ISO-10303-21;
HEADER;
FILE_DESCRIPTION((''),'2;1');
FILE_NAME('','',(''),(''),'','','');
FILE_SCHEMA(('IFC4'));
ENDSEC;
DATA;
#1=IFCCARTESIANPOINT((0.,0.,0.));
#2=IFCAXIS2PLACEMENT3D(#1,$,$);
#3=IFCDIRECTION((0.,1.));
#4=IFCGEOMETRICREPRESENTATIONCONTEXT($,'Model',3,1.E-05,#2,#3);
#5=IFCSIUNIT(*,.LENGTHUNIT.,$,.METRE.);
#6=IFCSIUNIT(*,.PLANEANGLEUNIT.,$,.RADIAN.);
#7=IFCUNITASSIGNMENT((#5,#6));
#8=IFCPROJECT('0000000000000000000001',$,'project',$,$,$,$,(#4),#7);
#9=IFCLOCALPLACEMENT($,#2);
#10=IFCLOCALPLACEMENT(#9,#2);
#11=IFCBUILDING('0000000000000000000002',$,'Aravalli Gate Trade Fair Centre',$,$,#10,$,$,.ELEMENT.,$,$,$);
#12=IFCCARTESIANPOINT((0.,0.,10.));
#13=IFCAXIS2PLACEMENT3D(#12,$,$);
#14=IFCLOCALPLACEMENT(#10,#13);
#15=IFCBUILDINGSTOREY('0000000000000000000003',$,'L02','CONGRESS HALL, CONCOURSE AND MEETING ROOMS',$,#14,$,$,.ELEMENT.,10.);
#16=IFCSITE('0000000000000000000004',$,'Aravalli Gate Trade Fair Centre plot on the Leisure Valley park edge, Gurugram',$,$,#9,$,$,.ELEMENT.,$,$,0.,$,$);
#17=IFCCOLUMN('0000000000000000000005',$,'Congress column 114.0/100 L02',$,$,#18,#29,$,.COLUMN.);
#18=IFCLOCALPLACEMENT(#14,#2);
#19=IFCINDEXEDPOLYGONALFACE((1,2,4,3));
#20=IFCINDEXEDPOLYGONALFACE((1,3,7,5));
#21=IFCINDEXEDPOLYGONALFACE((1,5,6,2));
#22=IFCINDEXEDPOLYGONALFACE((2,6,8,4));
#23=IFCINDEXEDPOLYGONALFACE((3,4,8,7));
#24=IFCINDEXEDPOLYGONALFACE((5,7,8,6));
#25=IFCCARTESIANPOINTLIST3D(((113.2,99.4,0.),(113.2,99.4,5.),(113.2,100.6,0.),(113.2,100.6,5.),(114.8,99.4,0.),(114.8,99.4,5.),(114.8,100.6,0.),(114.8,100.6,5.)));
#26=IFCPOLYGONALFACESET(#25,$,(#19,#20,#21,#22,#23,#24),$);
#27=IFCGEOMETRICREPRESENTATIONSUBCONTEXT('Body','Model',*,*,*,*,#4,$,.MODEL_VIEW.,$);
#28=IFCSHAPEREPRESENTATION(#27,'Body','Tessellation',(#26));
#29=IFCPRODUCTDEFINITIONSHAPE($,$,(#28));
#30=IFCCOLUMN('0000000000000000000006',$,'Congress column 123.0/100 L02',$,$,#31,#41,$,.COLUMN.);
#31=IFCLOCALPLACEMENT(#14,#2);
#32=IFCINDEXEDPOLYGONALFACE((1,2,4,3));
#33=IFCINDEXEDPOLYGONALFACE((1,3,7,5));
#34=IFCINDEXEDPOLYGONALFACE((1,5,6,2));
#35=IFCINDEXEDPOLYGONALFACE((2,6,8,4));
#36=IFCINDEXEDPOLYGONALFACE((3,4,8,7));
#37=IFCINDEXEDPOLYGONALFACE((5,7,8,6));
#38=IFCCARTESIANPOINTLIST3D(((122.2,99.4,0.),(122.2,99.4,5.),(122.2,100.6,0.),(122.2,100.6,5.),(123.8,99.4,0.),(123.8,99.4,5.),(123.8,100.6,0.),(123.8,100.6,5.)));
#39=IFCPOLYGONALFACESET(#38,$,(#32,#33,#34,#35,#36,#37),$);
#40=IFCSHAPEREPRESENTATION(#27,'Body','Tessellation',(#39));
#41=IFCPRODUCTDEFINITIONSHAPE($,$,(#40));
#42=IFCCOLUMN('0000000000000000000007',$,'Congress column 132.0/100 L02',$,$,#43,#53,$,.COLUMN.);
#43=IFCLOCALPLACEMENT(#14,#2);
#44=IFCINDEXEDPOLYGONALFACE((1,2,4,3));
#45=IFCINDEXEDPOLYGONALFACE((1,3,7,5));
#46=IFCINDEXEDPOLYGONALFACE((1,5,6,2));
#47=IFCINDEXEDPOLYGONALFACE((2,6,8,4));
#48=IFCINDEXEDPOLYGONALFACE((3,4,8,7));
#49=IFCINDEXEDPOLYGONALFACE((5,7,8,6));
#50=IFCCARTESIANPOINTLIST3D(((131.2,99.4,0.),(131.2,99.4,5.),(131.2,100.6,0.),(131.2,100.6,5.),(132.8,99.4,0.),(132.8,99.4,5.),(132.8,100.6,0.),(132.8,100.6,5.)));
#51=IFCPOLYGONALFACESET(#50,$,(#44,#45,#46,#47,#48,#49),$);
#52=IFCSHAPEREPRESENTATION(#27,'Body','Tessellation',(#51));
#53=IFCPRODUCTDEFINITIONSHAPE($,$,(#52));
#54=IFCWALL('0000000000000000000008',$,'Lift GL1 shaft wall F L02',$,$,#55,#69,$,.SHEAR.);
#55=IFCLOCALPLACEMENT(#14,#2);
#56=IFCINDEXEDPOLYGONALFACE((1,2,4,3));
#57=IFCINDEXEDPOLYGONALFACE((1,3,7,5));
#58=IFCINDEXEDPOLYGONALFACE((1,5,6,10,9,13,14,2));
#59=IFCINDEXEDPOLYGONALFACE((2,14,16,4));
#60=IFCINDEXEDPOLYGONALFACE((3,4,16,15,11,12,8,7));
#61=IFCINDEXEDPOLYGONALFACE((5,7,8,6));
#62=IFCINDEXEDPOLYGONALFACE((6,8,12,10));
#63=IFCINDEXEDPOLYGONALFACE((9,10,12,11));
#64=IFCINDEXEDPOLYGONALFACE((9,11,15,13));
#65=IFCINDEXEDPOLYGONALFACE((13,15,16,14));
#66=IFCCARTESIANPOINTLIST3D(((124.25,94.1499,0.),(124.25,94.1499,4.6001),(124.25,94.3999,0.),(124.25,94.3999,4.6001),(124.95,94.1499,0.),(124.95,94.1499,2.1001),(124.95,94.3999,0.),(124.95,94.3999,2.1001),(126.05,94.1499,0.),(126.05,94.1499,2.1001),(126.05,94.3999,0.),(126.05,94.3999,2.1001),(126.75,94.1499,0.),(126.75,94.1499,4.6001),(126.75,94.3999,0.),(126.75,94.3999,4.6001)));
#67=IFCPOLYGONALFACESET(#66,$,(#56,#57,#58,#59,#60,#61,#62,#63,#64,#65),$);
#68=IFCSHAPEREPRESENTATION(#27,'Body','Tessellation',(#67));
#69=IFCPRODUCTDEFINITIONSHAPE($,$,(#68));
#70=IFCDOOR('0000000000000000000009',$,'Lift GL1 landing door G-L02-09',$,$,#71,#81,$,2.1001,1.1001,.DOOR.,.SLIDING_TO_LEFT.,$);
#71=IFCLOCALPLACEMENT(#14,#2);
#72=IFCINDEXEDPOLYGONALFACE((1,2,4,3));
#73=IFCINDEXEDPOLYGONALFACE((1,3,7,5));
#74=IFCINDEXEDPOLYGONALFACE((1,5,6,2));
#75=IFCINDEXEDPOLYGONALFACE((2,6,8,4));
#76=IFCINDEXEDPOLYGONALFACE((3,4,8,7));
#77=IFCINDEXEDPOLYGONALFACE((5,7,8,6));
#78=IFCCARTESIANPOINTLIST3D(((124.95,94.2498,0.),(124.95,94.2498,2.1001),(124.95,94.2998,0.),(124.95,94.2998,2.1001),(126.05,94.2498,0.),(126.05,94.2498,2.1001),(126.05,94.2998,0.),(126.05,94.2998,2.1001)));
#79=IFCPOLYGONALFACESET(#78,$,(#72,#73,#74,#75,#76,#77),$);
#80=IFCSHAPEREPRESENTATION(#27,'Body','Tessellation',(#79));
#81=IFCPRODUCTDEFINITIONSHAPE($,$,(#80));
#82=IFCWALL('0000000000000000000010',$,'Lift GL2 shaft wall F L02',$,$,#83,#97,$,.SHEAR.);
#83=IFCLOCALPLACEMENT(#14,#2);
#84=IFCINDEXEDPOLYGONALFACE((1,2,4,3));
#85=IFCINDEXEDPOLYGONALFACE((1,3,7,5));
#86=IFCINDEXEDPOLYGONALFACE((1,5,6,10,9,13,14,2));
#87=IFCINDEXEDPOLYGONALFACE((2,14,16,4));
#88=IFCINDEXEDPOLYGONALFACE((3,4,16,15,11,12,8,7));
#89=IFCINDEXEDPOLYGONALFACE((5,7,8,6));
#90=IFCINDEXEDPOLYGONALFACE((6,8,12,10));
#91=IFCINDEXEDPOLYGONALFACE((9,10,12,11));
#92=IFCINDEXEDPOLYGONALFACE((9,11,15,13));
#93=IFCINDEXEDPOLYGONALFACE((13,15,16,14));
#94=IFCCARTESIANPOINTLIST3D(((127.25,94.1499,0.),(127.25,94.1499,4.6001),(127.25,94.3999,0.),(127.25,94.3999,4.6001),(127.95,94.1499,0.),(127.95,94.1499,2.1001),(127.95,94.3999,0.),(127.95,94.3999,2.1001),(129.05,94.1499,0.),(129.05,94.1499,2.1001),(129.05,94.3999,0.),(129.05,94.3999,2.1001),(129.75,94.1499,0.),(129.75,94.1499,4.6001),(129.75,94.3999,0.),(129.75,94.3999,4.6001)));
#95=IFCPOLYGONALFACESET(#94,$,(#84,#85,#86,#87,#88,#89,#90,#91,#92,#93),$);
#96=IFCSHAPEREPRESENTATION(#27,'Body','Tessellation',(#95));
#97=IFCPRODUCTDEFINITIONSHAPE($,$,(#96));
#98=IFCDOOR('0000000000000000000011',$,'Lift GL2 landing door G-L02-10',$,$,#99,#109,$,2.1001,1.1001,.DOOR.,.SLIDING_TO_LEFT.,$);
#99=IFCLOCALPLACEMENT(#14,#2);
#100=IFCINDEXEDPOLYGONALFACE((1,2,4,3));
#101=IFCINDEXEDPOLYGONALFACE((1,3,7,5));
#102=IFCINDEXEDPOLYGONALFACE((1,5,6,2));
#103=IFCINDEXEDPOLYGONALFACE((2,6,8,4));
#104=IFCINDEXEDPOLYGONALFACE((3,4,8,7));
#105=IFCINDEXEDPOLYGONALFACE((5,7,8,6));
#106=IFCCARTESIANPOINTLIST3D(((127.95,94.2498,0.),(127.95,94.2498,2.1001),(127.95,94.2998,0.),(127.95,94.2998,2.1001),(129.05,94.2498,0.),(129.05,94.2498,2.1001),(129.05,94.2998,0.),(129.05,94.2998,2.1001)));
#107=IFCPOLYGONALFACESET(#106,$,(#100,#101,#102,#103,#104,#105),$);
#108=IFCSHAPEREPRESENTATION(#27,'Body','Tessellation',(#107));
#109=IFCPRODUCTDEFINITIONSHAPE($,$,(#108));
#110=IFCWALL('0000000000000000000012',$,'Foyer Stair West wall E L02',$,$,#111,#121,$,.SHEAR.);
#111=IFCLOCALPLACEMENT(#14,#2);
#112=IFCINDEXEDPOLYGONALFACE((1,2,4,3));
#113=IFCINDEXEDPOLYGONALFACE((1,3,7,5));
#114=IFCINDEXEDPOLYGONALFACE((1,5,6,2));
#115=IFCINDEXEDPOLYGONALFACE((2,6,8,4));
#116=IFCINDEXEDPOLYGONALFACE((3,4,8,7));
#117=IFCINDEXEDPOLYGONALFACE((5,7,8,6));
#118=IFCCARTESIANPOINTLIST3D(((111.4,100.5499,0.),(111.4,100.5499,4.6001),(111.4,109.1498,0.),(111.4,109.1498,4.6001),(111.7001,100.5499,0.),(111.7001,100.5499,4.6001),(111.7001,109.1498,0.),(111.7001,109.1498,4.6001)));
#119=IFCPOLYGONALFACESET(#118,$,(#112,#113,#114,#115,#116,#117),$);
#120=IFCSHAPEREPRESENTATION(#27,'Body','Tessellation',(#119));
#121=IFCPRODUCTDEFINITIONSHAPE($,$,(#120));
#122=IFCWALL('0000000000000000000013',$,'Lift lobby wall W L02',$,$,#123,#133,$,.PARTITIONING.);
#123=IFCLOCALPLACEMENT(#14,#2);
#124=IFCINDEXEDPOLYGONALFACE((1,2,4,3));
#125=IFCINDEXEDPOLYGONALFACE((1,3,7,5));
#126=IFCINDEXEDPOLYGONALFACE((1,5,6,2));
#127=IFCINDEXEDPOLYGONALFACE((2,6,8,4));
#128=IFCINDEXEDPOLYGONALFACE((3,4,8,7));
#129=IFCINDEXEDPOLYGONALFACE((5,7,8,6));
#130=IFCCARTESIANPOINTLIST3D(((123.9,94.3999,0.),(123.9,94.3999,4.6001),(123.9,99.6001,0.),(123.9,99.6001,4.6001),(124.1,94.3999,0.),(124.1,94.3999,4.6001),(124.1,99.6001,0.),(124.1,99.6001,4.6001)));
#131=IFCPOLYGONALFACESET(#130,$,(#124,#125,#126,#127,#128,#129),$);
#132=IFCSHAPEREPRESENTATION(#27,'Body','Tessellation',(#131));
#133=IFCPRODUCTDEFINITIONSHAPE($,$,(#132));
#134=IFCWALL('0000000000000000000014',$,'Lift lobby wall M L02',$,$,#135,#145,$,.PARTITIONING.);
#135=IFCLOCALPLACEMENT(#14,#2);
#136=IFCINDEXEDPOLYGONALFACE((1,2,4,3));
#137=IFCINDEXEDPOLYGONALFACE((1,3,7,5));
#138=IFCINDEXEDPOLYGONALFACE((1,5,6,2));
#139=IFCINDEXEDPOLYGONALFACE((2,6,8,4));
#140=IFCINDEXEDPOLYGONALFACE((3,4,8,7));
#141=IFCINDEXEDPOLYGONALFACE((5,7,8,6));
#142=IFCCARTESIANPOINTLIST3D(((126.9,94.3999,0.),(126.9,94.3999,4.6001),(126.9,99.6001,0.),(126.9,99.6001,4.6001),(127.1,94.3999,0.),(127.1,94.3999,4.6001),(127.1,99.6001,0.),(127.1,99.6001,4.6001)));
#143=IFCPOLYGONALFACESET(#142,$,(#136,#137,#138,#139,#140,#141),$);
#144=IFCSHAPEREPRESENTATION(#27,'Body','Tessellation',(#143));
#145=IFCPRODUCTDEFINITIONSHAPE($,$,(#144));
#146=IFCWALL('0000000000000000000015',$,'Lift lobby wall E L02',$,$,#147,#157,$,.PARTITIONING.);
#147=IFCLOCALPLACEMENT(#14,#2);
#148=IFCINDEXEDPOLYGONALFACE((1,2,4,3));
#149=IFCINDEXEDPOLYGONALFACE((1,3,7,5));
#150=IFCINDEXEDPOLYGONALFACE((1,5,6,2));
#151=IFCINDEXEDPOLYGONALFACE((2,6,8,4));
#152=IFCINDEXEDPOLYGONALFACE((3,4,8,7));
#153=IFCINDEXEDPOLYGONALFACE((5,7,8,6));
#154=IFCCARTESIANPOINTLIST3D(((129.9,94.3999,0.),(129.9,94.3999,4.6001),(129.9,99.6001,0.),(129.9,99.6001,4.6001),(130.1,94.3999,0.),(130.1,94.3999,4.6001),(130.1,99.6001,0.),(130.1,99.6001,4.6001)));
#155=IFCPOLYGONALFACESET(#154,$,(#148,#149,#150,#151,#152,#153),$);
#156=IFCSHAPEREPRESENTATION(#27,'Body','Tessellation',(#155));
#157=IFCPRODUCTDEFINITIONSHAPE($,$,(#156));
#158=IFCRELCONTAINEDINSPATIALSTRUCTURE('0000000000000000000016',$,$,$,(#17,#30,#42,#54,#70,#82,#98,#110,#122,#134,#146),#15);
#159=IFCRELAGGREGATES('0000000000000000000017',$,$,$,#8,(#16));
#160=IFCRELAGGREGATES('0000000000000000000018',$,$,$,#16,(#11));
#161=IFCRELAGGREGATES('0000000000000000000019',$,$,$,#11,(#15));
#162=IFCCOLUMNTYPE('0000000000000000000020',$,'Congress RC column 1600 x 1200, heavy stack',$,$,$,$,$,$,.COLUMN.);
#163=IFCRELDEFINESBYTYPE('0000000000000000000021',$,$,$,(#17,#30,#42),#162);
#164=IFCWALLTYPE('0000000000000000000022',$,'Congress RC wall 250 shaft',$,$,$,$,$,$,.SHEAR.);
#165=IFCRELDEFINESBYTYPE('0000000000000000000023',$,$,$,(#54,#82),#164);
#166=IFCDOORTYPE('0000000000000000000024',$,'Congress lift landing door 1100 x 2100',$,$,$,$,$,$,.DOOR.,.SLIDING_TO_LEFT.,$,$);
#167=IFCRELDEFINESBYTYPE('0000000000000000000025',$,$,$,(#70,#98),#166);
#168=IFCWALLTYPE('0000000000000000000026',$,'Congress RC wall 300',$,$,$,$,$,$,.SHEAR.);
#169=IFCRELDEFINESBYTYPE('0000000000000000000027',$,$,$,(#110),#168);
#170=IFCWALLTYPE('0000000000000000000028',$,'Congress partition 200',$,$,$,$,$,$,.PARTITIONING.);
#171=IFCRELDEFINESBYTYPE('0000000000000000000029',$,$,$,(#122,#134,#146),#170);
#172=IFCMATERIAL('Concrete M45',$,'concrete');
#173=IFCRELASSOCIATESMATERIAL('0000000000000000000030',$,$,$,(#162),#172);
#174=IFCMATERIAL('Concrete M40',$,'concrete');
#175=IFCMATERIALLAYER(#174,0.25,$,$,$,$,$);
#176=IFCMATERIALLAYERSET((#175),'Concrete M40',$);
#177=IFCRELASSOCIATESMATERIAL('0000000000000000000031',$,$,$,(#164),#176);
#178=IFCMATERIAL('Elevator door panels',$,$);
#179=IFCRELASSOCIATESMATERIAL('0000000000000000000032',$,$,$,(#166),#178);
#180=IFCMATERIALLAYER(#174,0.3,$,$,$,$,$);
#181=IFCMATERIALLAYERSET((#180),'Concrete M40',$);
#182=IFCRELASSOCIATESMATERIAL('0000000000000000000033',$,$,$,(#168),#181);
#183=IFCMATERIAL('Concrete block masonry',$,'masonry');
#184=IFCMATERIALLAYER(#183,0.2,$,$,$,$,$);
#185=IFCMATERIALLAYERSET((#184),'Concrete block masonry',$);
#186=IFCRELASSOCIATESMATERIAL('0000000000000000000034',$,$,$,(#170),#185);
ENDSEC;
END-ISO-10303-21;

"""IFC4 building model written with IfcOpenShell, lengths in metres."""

from ifc_helpers import new_model, si_unit, direction, frame, frame_2d, origin, origin_2d, place, context, subcontext, project, spatial, rectangle, extrude, material, layer, layer_set, material_profile, profile_set, type_object, element, fill, save


model = new_model("IFC4")

# Units and contexts
model_context = context("Model", 3, precision=1e-05, world=origin(), true_north=direction((0.0, 1.0)))
body_context = subcontext(model_context, "Body", "Model", "MODEL_VIEW")
ifc_project = project(units=[si_unit("LENGTHUNIT", "METRE"), si_unit("PLANEANGLEUNIT", "RADIAN")], contexts=[model_context])

# Site, building, storey
site_placement = place(None, origin())
site = spatial("IfcSite", under=ifc_project, at=site_placement, Name="Aravalli Gate Trade Fair Centre plot on the Leisure Valley park edge, Gurugram", CompositionType="ELEMENT", RefElevation=0.0)
building_placement = place(site_placement, origin())
building = spatial("IfcBuilding", under=site, at=building_placement, Name="Aravalli Gate Trade Fair Centre", CompositionType="ELEMENT")
storey_placement = place(building_placement, frame((0.0, 0.0, 10.0)))
storey = spatial("IfcBuildingStorey", under=building, at=storey_placement, Name="L02", Description="CONGRESS HALL, CONCOURSE AND MEETING ROOMS", CompositionType="ELEMENT", Elevation=10.0)

# Columns
ifc_material_1 = material(Name="Concrete M45", Category="concrete")
ifc_material_profile = material_profile(ifc_material_1, rectangle(XDim=1.6001, YDim=1.2, at=origin_2d()), Name="RC 1600x1200")
ifc_profile_set = profile_set([ifc_material_profile], Name="Concrete M45")
column_type = type_object("IfcColumnType", Name="Congress RC column 1600 x 1200, heavy stack", PredefinedType="COLUMN", material=ifc_profile_set)
for number, where, z_axis, x_axis, name in (
    (1, (114.0, 100.0, 0.0), (0.0, 0.0, 1.0), (1.0, 0.0, 0.0), "Congress column 114.0/100 L02"),
    (2, (123.0, 100.0, 0.0), (0.0, 0.0, 1.0), (1.0, 0.0, 0.0), "Congress column 123.0/100 L02"),
    (3, (132.0, 100.0, 0.0), (0.0, 0.0, 1.0), (1.0, 0.0, 0.0), "Congress column 132.0/100 L02"),
):
    element("IfcColumn", number, at=place(storey_placement, frame(where, z_axis=z_axis, x_axis=x_axis)), inside=storey, type_object=column_type, Name=name, PredefinedType="COLUMN", context=body_context, shape_type="SweptSolid", body=[
        extrude(rectangle(XDim=1.6001, YDim=1.2, at=origin_2d()), origin(), (0.0, 0.0, 1.0), 5.0),
    ])

# Walls, openings, doors
ifc_material_2 = material(Name="Concrete M40", Category="concrete")
ifc_layer_1 = layer(ifc_material_2, 0.25)
ifc_layer_set_1 = layer_set([ifc_layer_1], Name="Concrete M40")
wall_type_1 = type_object("IfcWallType", Name="Congress RC wall 250 shaft", PredefinedType="SHEAR", material=ifc_layer_set_1)
wall_1_placement = place(storey_placement, frame((124.25, 94.2749, 0.0), z_axis=(0.0, 0.0, 1.0), x_axis=(1.0, 0.0, 0.0)))
wall_1 = element("IfcWall", 4, at=wall_1_placement, inside=storey, type_object=wall_type_1, Name="Lift GL1 shaft wall F L02", PredefinedType="SHEAR", context=body_context, shape_type="SweptSolid", body=[
    extrude(rectangle(XDim=2.5, YDim=0.25, at=frame_2d((1.25, 0.0))), origin(), (0.0, 0.0, 1.0), 4.6001),
])
opening_1_placement = place(wall_1_placement, frame((0.7, 0.0, 0.0)))
opening_1 = element("IfcOpeningElement", 5, at=opening_1_placement, cuts=wall_1, PredefinedType="OPENING", context=body_context, shape_type="SweptSolid", body=[
    extrude(rectangle(XDim=1.1001, YDim=2.1001, at=frame_2d((0.55, 1.05))), frame((0.0, 0.135, 0.0), z_axis=(0.0, -1.0, 0.0), x_axis=(1.0, 0.0, 0.0)), (0.0, 0.0, 1.0), 0.27),
])
ifc_material_3 = material(Name="Elevator door panels")
door_type_1 = type_object("IfcDoorType", Name="Congress lift landing door 1100 x 2100", OperationType="SLIDING_TO_LEFT", PredefinedType="DOOR", material=ifc_material_3)
door_1_placement = place(opening_1_placement, origin())
door_1 = element("IfcDoor", 6, at=door_1_placement, inside=storey, type_object=door_type_1, Name="Lift GL1 landing door G-L02-09", OperationType="SLIDING_TO_LEFT", OverallHeight=2.1001, OverallWidth=1.1001, PredefinedType="DOOR", context=body_context, shape_type="SweptSolid", body=[
    extrude(rectangle(XDim=1.1001, YDim=2.1001, at=frame_2d((0.55, 1.05))), frame((0.0, 0.0249, 0.0), z_axis=(0.0, -1.0, 0.0), x_axis=(1.0, 0.0, 0.0)), (0.0, 0.0, 1.0), 0.05),
])
fill(opening_1, door_1)
wall_2_placement = place(storey_placement, frame((127.25, 94.2749, 0.0), z_axis=(0.0, 0.0, 1.0), x_axis=(1.0, 0.0, 0.0)))
wall_2 = element("IfcWall", 7, at=wall_2_placement, inside=storey, type_object=wall_type_1, Name="Lift GL2 shaft wall F L02", PredefinedType="SHEAR", context=body_context, shape_type="SweptSolid", body=[
    extrude(rectangle(XDim=2.5, YDim=0.25, at=frame_2d((1.25, 0.0))), origin(), (0.0, 0.0, 1.0), 4.6001),
])
opening_2_placement = place(wall_2_placement, frame((0.7, 0.0, 0.0)))
opening_2 = element("IfcOpeningElement", 8, at=opening_2_placement, cuts=wall_2, PredefinedType="OPENING", context=body_context, shape_type="SweptSolid", body=[
    extrude(rectangle(XDim=1.1001, YDim=2.1001, at=frame_2d((0.55, 1.05))), frame((0.0, 0.135, 0.0), z_axis=(0.0, -1.0, 0.0), x_axis=(1.0, 0.0, 0.0)), (0.0, 0.0, 1.0), 0.27),
])
door_2_placement = place(opening_2_placement, origin())
door_2 = element("IfcDoor", 9, at=door_2_placement, inside=storey, type_object=door_type_1, Name="Lift GL2 landing door G-L02-10", OperationType="SLIDING_TO_LEFT", OverallHeight=2.1001, OverallWidth=1.1001, PredefinedType="DOOR", context=body_context, shape_type="SweptSolid", body=[
    extrude(rectangle(XDim=1.1001, YDim=2.1001, at=frame_2d((0.55, 1.05))), frame((0.0, 0.0249, 0.0), z_axis=(0.0, -1.0, 0.0), x_axis=(1.0, 0.0, 0.0)), (0.0, 0.0, 1.0), 0.05),
])
fill(opening_2, door_2)

# Walls
ifc_layer_2 = layer(ifc_material_2, 0.3)
ifc_layer_set_2 = layer_set([ifc_layer_2], Name="Concrete M40")
wall_type_2 = type_object("IfcWallType", Name="Congress RC wall 300", PredefinedType="SHEAR", material=ifc_layer_set_2)
wall_3_placement = place(storey_placement, frame((111.55, 100.55, 0.0), z_axis=(0.0, 0.0, 1.0), x_axis=(0.0, 1.0, 0.0)))
element("IfcWall", 10, at=wall_3_placement, inside=storey, type_object=wall_type_2, Name="Foyer Stair West wall E L02", PredefinedType="SHEAR", context=body_context, shape_type="SweptSolid", body=[
    extrude(rectangle(XDim=8.5999, YDim=0.3, at=frame_2d((4.2998, 0.0))), origin(), (0.0, 0.0, 1.0), 4.6001),
])
ifc_material_4 = material(Name="Concrete block masonry", Category="masonry")
ifc_layer_3 = layer(ifc_material_4, 0.2)
ifc_layer_set_3 = layer_set([ifc_layer_3], Name="Concrete block masonry")
wall_type_3 = type_object("IfcWallType", Name="Congress partition 200", PredefinedType="PARTITIONING", material=ifc_layer_set_3)
for number, where, z_axis, x_axis, name in (
    (11, (124.0, 94.3999, 0.0), (0.0, 0.0, 1.0), (0.0, 1.0, 0.0), "Lift lobby wall W L02"),
    (12, (127.0, 94.3999, 0.0), (0.0, 0.0, 1.0), (0.0, 1.0, 0.0), "Lift lobby wall M L02"),
    (13, (130.0, 94.3999, 0.0), (0.0, 0.0, 1.0), (0.0, 1.0, 0.0), "Lift lobby wall E L02"),
):
    element("IfcWall", number, at=place(storey_placement, frame(where, z_axis=z_axis, x_axis=x_axis)), inside=storey, type_object=wall_type_3, Name=name, PredefinedType="PARTITIONING", context=body_context, shape_type="SweptSolid", body=[
        extrude(rectangle(XDim=5.2002, YDim=0.2, at=frame_2d((2.6001, 0.0))), origin(), (0.0, 0.0, 1.0), 4.6001),
    ])

save(model, "model.ifc")
